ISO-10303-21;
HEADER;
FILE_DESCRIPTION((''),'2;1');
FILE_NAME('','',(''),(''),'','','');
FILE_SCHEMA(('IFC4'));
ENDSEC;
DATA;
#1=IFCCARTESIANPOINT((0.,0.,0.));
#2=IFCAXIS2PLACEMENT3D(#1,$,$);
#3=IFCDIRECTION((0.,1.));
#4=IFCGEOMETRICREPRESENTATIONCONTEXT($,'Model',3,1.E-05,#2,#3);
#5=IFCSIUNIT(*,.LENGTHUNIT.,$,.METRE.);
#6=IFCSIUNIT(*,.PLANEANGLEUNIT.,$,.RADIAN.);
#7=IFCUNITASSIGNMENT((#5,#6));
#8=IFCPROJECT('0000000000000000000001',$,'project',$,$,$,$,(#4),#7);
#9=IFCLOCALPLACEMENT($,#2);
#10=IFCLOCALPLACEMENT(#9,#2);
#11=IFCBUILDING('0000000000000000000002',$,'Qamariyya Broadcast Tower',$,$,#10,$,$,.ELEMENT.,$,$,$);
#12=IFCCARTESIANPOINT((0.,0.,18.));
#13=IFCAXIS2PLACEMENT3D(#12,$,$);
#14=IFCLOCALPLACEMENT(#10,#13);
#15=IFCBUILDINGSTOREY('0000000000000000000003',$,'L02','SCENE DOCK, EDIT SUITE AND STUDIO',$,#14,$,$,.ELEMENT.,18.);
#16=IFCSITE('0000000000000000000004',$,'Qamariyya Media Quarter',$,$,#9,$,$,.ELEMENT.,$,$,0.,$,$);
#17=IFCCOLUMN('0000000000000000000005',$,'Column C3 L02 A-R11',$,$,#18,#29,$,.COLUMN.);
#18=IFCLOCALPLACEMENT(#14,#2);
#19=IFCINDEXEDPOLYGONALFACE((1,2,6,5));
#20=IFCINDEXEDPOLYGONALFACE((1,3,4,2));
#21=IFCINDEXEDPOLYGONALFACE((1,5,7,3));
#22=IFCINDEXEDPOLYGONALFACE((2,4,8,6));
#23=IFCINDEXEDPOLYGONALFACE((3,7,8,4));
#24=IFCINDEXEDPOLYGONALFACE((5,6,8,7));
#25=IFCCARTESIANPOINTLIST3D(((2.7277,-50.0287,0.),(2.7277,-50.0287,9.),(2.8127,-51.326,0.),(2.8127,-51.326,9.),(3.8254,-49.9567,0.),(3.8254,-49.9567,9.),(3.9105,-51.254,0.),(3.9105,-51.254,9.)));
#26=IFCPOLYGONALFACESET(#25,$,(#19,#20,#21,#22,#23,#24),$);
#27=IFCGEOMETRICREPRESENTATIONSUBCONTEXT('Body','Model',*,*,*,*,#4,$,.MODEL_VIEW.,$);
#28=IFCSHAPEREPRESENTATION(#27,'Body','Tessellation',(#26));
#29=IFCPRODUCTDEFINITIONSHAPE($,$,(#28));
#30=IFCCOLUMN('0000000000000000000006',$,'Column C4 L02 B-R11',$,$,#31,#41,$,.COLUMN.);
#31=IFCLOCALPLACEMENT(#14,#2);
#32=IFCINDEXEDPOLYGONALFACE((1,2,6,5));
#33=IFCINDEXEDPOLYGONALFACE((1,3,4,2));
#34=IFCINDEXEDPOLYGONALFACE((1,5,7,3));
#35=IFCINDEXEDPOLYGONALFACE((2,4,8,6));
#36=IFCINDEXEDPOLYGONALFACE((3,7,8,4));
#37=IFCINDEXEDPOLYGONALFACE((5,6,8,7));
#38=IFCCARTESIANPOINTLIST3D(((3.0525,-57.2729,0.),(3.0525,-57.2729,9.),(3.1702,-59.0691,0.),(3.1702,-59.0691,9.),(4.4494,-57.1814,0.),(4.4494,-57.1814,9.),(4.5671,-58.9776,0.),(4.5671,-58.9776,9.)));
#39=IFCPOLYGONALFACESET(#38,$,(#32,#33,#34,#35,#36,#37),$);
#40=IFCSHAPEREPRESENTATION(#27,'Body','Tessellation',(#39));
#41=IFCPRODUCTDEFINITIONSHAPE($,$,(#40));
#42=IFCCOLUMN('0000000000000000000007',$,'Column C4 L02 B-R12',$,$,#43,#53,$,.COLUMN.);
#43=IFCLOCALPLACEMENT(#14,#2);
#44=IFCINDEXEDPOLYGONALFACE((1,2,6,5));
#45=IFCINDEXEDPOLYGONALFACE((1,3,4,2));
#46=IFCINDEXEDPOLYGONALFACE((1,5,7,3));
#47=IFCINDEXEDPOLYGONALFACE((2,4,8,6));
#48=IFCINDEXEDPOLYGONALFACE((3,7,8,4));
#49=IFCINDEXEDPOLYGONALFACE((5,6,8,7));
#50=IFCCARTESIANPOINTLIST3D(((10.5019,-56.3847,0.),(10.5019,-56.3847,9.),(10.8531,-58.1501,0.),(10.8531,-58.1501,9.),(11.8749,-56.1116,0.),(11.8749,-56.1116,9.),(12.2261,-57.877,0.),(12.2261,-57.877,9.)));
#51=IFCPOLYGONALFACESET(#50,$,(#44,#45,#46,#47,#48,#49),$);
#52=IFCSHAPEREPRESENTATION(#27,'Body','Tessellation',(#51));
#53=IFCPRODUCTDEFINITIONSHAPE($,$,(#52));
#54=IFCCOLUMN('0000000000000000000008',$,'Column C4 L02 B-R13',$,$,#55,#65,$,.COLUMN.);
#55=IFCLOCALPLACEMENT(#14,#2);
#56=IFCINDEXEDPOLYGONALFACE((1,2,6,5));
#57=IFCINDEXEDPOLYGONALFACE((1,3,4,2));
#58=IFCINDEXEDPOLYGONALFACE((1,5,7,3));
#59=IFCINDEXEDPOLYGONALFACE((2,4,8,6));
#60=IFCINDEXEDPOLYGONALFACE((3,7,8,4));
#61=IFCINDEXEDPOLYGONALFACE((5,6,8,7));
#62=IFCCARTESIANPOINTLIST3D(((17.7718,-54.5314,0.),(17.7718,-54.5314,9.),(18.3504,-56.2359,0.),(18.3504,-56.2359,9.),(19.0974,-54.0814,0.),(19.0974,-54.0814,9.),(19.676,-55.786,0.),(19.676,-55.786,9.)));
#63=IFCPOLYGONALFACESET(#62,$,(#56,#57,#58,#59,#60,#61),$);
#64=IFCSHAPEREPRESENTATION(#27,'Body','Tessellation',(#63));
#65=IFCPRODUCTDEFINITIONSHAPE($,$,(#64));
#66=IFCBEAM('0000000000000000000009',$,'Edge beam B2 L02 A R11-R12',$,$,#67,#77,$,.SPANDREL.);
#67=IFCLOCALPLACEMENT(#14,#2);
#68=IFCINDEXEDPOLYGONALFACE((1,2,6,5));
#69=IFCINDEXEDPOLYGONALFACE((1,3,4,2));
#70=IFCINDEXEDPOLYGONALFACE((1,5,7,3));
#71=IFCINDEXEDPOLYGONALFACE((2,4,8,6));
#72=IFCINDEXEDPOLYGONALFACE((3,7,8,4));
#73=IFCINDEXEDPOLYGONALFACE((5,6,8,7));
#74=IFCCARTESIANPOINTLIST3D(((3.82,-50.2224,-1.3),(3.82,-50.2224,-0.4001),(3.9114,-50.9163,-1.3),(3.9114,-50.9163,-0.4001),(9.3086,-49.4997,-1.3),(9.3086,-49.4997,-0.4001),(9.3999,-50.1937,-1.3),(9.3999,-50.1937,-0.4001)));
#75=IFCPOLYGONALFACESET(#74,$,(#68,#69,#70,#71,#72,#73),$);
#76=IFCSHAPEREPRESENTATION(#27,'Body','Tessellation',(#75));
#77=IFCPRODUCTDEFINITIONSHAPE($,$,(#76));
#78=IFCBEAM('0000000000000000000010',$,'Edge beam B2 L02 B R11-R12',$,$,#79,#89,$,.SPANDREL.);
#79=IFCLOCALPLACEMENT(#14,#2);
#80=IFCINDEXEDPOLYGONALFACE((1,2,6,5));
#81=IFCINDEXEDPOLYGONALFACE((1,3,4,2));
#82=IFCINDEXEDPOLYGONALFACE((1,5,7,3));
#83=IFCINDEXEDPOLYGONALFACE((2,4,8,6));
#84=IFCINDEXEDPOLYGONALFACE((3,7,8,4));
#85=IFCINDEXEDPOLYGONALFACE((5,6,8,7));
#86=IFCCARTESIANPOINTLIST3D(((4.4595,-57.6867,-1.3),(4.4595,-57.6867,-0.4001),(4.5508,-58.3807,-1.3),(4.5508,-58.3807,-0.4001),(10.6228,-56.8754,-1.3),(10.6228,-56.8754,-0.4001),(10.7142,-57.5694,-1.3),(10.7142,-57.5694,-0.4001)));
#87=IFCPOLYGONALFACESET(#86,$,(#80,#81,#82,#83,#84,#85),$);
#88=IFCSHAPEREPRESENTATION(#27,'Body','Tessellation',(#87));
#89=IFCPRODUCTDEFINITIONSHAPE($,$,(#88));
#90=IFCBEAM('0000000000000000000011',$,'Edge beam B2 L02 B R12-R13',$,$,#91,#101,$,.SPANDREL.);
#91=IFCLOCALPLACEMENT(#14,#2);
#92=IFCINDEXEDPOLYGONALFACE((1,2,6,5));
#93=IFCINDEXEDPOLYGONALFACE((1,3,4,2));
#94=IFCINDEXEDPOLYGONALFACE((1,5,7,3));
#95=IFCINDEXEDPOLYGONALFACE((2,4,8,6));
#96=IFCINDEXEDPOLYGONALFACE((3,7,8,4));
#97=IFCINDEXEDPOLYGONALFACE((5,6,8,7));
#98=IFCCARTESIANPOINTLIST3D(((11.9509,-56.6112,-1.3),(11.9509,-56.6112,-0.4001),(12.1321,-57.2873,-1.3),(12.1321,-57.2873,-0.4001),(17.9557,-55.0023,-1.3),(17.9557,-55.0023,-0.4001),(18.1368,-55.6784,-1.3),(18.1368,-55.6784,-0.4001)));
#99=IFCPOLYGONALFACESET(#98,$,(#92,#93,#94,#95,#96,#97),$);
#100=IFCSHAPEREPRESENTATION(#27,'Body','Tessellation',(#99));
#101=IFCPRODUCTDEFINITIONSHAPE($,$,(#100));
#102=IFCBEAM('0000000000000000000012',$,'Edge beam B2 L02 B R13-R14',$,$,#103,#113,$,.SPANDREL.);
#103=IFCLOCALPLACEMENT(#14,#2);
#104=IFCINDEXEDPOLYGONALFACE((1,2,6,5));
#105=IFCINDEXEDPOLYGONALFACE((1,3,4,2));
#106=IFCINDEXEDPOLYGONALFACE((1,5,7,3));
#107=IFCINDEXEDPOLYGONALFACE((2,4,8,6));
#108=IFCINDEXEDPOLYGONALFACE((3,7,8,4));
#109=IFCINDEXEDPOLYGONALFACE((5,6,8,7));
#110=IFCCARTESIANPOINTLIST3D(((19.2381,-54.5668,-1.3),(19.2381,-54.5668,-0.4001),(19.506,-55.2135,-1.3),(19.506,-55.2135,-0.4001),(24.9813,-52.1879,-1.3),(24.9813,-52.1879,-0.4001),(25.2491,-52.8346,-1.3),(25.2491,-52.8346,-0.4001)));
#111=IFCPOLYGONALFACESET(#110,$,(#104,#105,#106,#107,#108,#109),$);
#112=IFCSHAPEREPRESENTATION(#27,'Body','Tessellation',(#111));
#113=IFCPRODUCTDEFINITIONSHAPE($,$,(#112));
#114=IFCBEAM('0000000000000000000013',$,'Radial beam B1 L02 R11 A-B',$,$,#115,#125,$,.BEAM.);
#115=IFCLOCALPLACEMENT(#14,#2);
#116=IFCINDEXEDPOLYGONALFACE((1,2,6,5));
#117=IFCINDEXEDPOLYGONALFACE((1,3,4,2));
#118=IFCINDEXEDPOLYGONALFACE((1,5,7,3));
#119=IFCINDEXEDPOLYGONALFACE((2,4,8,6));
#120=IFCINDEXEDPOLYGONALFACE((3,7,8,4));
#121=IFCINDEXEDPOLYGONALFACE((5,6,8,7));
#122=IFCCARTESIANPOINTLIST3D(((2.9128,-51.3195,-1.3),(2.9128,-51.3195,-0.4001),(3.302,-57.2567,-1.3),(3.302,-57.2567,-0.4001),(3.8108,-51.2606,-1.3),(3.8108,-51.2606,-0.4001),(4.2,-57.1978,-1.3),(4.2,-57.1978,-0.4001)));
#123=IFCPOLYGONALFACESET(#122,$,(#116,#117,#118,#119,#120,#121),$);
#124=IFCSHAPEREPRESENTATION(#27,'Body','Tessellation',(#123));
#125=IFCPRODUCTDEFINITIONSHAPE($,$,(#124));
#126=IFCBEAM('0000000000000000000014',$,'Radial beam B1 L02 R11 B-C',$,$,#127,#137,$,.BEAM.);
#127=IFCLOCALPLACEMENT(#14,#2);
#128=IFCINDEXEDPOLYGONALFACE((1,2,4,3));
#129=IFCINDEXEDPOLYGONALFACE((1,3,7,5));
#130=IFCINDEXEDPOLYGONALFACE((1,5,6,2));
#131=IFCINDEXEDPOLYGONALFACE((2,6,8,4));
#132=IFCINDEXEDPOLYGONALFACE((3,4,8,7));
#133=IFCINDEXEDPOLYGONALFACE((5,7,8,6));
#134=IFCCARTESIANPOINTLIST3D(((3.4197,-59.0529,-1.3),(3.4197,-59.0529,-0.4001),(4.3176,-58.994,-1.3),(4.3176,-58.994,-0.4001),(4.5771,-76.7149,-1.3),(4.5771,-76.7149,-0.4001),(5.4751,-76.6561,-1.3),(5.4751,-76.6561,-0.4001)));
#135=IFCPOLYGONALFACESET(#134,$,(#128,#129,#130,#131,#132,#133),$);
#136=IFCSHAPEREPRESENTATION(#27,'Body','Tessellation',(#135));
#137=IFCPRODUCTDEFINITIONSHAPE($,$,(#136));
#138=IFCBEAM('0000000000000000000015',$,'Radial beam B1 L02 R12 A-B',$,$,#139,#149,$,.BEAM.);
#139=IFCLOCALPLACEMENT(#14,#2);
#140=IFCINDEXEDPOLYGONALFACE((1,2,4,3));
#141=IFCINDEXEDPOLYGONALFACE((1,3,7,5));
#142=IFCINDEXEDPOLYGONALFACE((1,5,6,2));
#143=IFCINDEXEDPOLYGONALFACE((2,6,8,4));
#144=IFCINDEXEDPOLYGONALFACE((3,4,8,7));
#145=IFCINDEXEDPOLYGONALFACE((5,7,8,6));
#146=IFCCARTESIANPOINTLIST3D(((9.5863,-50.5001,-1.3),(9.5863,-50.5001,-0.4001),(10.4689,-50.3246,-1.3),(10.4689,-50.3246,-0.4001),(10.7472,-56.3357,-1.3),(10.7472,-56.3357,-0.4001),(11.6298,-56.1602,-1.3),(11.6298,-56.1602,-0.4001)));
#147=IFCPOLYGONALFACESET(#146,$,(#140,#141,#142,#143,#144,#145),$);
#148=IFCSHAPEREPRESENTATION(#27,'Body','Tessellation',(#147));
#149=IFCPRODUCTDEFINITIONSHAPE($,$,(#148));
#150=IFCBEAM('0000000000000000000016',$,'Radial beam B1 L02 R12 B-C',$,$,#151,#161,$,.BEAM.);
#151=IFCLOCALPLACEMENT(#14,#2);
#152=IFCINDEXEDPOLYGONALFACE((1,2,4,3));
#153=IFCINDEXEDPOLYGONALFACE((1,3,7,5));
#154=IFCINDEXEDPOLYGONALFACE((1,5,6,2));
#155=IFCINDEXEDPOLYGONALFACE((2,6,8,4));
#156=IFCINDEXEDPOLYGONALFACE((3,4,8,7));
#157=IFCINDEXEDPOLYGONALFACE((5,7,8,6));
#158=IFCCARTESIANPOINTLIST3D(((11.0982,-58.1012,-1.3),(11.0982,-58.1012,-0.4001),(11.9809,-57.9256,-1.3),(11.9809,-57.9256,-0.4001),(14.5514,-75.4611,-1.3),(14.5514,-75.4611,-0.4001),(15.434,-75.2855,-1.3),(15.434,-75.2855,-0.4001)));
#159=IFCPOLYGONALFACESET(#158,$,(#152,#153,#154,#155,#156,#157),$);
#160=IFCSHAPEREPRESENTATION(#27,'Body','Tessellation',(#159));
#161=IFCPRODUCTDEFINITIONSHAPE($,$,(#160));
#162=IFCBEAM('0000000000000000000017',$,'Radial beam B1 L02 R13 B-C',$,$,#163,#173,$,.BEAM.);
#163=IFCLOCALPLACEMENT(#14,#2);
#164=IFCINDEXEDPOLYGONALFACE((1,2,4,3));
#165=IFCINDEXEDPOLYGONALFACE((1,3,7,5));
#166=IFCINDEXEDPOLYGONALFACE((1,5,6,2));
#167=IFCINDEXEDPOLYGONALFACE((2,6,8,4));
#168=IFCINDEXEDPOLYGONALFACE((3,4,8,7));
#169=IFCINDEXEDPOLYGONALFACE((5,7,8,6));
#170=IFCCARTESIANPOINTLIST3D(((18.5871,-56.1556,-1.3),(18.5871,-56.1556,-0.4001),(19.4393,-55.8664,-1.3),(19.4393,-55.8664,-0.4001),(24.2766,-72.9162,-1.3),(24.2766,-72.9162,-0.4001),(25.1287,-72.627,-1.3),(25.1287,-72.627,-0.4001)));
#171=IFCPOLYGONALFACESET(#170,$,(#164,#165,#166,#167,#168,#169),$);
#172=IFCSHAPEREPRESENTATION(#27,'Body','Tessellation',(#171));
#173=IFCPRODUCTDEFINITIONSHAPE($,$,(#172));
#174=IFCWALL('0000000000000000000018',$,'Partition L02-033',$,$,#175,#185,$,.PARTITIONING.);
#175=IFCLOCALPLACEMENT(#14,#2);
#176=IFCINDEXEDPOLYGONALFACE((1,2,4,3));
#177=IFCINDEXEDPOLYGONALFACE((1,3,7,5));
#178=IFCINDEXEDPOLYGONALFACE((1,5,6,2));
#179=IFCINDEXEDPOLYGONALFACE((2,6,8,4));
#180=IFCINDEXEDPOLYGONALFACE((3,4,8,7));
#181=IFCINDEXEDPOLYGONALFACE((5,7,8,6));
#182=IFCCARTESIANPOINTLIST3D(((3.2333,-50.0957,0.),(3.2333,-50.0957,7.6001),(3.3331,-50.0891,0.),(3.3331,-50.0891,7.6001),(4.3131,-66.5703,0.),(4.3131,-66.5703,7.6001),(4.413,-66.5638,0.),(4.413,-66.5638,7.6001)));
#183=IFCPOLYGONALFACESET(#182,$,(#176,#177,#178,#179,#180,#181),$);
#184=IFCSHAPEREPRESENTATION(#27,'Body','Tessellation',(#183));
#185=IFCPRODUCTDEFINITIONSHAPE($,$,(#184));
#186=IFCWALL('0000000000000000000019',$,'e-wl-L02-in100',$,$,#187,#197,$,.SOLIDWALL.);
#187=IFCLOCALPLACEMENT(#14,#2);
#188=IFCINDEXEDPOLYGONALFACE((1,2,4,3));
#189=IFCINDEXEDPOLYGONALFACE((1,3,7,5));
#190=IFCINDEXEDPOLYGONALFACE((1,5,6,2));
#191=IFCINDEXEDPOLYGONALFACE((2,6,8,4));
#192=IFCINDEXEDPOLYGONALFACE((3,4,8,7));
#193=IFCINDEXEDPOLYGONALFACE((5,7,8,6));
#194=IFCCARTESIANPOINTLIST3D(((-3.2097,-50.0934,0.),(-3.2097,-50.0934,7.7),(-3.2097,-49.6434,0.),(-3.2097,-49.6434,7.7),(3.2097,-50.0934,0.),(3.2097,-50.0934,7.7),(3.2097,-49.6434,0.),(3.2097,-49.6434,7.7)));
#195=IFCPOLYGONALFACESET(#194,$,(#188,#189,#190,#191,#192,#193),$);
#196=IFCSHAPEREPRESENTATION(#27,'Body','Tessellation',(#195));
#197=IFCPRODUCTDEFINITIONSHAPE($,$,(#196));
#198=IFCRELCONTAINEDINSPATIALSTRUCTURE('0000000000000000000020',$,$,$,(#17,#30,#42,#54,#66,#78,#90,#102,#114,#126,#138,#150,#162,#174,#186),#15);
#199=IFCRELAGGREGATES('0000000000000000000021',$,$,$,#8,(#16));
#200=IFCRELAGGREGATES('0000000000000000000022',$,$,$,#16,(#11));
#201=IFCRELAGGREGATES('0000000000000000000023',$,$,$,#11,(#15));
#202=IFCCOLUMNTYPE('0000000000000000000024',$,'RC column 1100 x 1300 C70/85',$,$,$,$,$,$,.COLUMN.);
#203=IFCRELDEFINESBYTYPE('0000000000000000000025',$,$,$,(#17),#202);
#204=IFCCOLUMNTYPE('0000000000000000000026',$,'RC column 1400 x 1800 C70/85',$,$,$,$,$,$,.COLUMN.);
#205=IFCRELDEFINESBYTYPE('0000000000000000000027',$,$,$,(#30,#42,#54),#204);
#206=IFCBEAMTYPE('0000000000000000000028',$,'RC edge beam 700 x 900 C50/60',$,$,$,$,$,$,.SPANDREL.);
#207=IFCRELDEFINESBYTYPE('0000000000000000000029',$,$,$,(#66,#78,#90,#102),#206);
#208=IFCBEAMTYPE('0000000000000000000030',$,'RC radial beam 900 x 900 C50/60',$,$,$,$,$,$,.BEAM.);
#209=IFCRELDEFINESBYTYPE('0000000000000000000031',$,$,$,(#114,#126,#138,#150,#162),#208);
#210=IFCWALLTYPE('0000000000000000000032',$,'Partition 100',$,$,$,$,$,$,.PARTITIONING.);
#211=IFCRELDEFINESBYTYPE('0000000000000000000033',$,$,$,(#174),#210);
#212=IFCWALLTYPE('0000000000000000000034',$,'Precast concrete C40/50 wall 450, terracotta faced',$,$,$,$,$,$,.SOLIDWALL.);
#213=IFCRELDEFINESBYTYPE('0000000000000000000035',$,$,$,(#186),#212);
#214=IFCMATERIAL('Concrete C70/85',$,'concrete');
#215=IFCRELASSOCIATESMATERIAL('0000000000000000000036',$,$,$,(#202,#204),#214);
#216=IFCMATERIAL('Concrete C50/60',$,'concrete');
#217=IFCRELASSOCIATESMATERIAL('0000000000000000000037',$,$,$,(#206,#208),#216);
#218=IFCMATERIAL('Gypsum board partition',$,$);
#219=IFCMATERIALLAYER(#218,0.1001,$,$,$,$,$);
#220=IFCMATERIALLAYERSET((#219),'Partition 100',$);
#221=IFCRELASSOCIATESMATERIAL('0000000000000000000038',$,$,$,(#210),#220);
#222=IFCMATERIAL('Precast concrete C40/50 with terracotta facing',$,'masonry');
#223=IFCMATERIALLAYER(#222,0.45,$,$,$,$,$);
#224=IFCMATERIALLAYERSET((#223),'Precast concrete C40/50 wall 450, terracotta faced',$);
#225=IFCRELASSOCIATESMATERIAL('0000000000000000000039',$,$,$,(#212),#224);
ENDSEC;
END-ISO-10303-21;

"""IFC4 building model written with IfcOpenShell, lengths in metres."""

from ifc_helpers import new_model, si_unit, direction, frame, frame_2d, origin, origin_2d, place, context, subcontext, project, spatial, rectangle, extrude, material, layer, layer_set, material_profile, profile_set, type_object, element, save


model = new_model("IFC4")

# Units and contexts
model_context = context("Model", 3, precision=1e-05, world=origin(), true_north=direction((0.0, 1.0)))
body_context = subcontext(model_context, "Body", "Model", "MODEL_VIEW")
ifc_project = project(units=[si_unit("LENGTHUNIT", "METRE"), si_unit("PLANEANGLEUNIT", "RADIAN")], contexts=[model_context])

# Site, building, storey
site_placement = place(None, origin())
site = spatial("IfcSite", under=ifc_project, at=site_placement, Name="Qamariyya Media Quarter", CompositionType="ELEMENT", RefElevation=0.0)
building_placement = place(site_placement, origin())
building = spatial("IfcBuilding", under=site, at=building_placement, Name="Qamariyya Broadcast Tower", CompositionType="ELEMENT")
storey_placement = place(building_placement, frame((0.0, 0.0, 18.0)))
storey = spatial("IfcBuildingStorey", under=building, at=storey_placement, Name="L02", Description="SCENE DOCK, EDIT SUITE AND STUDIO", CompositionType="ELEMENT", Elevation=18.0)

# Columns
ifc_material_1 = material(Name="Concrete C70/85", Category="concrete")
ifc_material_profile_1 = material_profile(ifc_material_1, rectangle(XDim=1.1001, YDim=1.3, at=origin_2d()))
ifc_profile_set_1 = profile_set([ifc_material_profile_1], Name="Concrete C70/85")
column_type_1 = type_object("IfcColumnType", Name="RC column 1100 x 1300 C70/85", PredefinedType="COLUMN", material=ifc_profile_set_1)
column_placement = place(storey_placement, frame((3.3191, -50.6414, 0.0), z_axis=(0.0, 0.0, 1.0), x_axis=(0.997859, 0.065403, 0.0)))
element("IfcColumn", 1, at=column_placement, inside=storey, type_object=column_type_1, Name="Column C3 L02 A-R11", PredefinedType="COLUMN", context=body_context, shape_type="SweptSolid", body=[
    extrude(rectangle(XDim=1.1001, YDim=1.3, at=origin_2d()), origin(), (0.0, 0.0, 1.0), 9.0),
])
ifc_material_profile_2 = material_profile(ifc_material_1, rectangle(XDim=1.3999, YDim=1.8, at=origin_2d()))
ifc_profile_set_2 = profile_set([ifc_material_profile_2], Name="Concrete C70/85")
column_type_2 = type_object("IfcColumnType", Name="RC column 1400 x 1800 C70/85", PredefinedType="COLUMN", material=ifc_profile_set_2)
for number, where, z_axis, x_axis, name in (
    (2, (3.8098, -58.1252, 0.0), (0.0, 0.0, 1.0), (0.997859, 0.065403, 0.0), "Column C4 L02 B-R11"),
    (3, (11.364, -57.1309, 0.0), (0.0, 0.0, 1.0), (0.980785, 0.19509, 0.0), "Column C4 L02 B-R12"),
    (4, (18.7239, -55.1587, 0.0), (0.0, 0.0, 1.0), (0.94693, 0.321439, 0.0), "Column C4 L02 B-R13"),
):
    element("IfcColumn", number, at=place(storey_placement, frame(where, z_axis=z_axis, x_axis=x_axis)), inside=storey, type_object=column_type_2, Name=name, PredefinedType="COLUMN", context=body_context, shape_type="SweptSolid", body=[
        extrude(rectangle(XDim=1.3999, YDim=1.8, at=origin_2d()), origin(), (0.0, 0.0, 1.0), 9.0),
    ])

# Beams
ifc_material_2 = material(Name="Concrete C50/60", Category="concrete")
ifc_material_profile_3 = material_profile(ifc_material_2, rectangle(XDim=0.7, YDim=0.8999, at=origin_2d()))
ifc_profile_set_3 = profile_set([ifc_material_profile_3], Name="Concrete C50/60")
beam_type_1 = type_object("IfcBeamType", Name="RC edge beam 700 x 900 C50/60", PredefinedType="SPANDREL", material=ifc_profile_set_3)
beam_1_placement = place(storey_placement, frame((3.8657, -50.5693, -0.8501), z_axis=(0.991443, 0.13054, 0.0), x_axis=(-0.13054, 0.991443, 0.0)))
element("IfcBeam", 5, at=beam_1_placement, inside=storey, type_object=beam_type_1, Name="Edge beam B2 L02 A R11-R12", PredefinedType="SPANDREL", context=body_context, shape_type="SweptSolid", body=[
    extrude(rectangle(XDim=0.7, YDim=0.8999, at=origin_2d()), origin(), (0.0, 0.0, 1.0), 5.5359),
])
for number, where, z_axis, x_axis, name in (
    (6, (4.5051, -58.0337, -0.8501), (0.991448, 0.130504, 0.0), (-0.130504, 0.991448, 0.0), "Edge beam B2 L02 B R11-R12"),
    (7, (12.0415, -56.9492, -0.8501), (0.965928, 0.258811, 0.0), (-0.258811, 0.965928, 0.0), "Edge beam B2 L02 B R12-R13"),
):
    element("IfcBeam", number, at=place(storey_placement, frame(where, z_axis=z_axis, x_axis=x_axis)), inside=storey, type_object=beam_type_1, Name=name, PredefinedType="SPANDREL", context=body_context, shape_type="SweptSolid", body=[
        extrude(rectangle(XDim=0.7, YDim=0.8999, at=origin_2d()), origin(), (0.0, 0.0, 1.0), 6.2166),
    ])
beam_2_placement = place(storey_placement, frame((19.3721, -54.8901, -0.8501), z_axis=(0.923879, 0.382685, 0.0), x_axis=(-0.382685, 0.923879, 0.0)))
element("IfcBeam", 8, at=beam_2_placement, inside=storey, type_object=beam_type_1, Name="Edge beam B2 L02 B R13-R14", PredefinedType="SPANDREL", context=body_context, shape_type="SweptSolid", body=[
    extrude(rectangle(XDim=0.7, YDim=0.8999, at=origin_2d()), origin(), (0.0, 0.0, 1.0), 6.2163),
])
ifc_material_profile_4 = material_profile(ifc_material_2, rectangle(XDim=0.8999, YDim=0.8999, at=origin_2d()))
ifc_profile_set_4 = profile_set([ifc_material_profile_4], Name="Concrete C50/60")
beam_type_2 = type_object("IfcBeamType", Name="RC radial beam 900 x 900 C50/60", PredefinedType="BEAM", material=ifc_profile_set_4)
beam_3_placement = place(storey_placement, frame((3.3618, -51.29, -0.8501), z_axis=(0.065405, -0.997859, 0.0), x_axis=(0.997859, 0.065405, 0.0)))
element("IfcBeam", 9, at=beam_3_placement, inside=storey, type_object=beam_type_2, Name="Radial beam B1 L02 R11 A-B", PredefinedType="BEAM", context=body_context, shape_type="SweptSolid", body=[
    extrude(rectangle(XDim=0.8999, YDim=0.8999, at=origin_2d()), origin(), (0.0, 0.0, 1.0), 5.95),
])
beam_4_placement = place(storey_placement, frame((3.8687, -59.0234, -0.8501), z_axis=(0.065394, -0.99786, 0.0), x_axis=(0.99786, 0.065394, 0.0)))
element("IfcBeam", 10, at=beam_4_placement, inside=storey, type_object=beam_type_2, Name="Radial beam B1 L02 R11 B-C", PredefinedType="BEAM", context=body_context, shape_type="SweptSolid", body=[
    extrude(rectangle(XDim=0.8999, YDim=0.8999, at=origin_2d()), origin(), (0.0, 0.0, 1.0), 17.7),
])
beam_5_placement = place(storey_placement, frame((10.0276, -50.4124, -0.8501), z_axis=(0.195106, -0.980782, 0.0), x_axis=(0.980782, 0.195106, 0.0)))
element("IfcBeam", 11, at=beam_5_placement, inside=storey, type_object=beam_type_2, Name="Radial beam B1 L02 R12 A-B", PredefinedType="BEAM", context=body_context, shape_type="SweptSolid", body=[
    extrude(rectangle(XDim=0.8999, YDim=0.8999, at=origin_2d()), origin(), (0.0, 0.0, 1.0), 5.95),
])
for number, where, z_axis, x_axis, name in (
    (12, (11.5396, -58.0134, -0.8501), (0.195092, -0.980785, 0.0), (0.980785, 0.195092, 0.0), "Radial beam B1 L02 R12 B-C"),
    (13, (19.0132, -56.011, -0.8501), (0.321441, -0.94693, 0.0), (0.94693, 0.321441, 0.0), "Radial beam B1 L02 R13 B-C"),
):
    element("IfcBeam", number, at=place(storey_placement, frame(where, z_axis=z_axis, x_axis=x_axis)), inside=storey, type_object=beam_type_2, Name=name, PredefinedType="BEAM", context=body_context, shape_type="SweptSolid", body=[
        extrude(rectangle(XDim=0.8999, YDim=0.8999, at=origin_2d()), origin(), (0.0, 0.0, 1.0), 17.7),
    ])

# Walls
ifc_material_3 = material(Name="Gypsum board partition")
ifc_layer_1 = layer(ifc_material_3, 0.1001)
ifc_layer_set_1 = layer_set([ifc_layer_1], Name="Partition 100")
wall_type_1 = type_object("IfcWallType", Name="Partition 100", PredefinedType="PARTITIONING", material=ifc_layer_set_1)
wall_1_placement = place(storey_placement, frame((3.2832, -50.0925, 0.0), z_axis=(0.0, 0.0, 1.0), x_axis=(0.065405, -0.997859, 0.0)))
element("IfcWall", 14, at=wall_1_placement, inside=storey, type_object=wall_type_1, Name="Partition L02-033", PredefinedType="PARTITIONING", context=body_context, shape_type="SweptSolid", body=[
    extrude(rectangle(XDim=16.51, YDim=0.1001, at=frame_2d((8.2549, 0.0))), origin(), (0.0, 0.0, 1.0), 7.6001),
])
ifc_material_4 = material(Name="Precast concrete C40/50 with terracotta facing", Category="masonry")
ifc_layer_2 = layer(ifc_material_4, 0.45)
ifc_layer_set_2 = layer_set([ifc_layer_2], Name="Precast concrete C40/50 wall 450, terracotta faced")
wall_type_2 = type_object("IfcWallType", Name="Precast concrete C40/50 wall 450, terracotta faced", PredefinedType="SOLIDWALL", material=ifc_layer_set_2)
wall_2_placement = place(storey_placement, frame((3.2097, -49.8684, 0.0), z_axis=(0.0, 0.0, 1.0), x_axis=(-1.0, 0.0, 0.0)))
element("IfcWall", 15, at=wall_2_placement, inside=storey, type_object=wall_type_2, Name="e-wl-L02-in100", PredefinedType="SOLIDWALL", context=body_context, shape_type="SweptSolid", body=[
    extrude(rectangle(XDim=6.4194, YDim=0.45, at=frame_2d((3.2097, 0.0))), origin(), (0.0, 0.0, 1.0), 7.7),
])

save(model, "model.ifc")
